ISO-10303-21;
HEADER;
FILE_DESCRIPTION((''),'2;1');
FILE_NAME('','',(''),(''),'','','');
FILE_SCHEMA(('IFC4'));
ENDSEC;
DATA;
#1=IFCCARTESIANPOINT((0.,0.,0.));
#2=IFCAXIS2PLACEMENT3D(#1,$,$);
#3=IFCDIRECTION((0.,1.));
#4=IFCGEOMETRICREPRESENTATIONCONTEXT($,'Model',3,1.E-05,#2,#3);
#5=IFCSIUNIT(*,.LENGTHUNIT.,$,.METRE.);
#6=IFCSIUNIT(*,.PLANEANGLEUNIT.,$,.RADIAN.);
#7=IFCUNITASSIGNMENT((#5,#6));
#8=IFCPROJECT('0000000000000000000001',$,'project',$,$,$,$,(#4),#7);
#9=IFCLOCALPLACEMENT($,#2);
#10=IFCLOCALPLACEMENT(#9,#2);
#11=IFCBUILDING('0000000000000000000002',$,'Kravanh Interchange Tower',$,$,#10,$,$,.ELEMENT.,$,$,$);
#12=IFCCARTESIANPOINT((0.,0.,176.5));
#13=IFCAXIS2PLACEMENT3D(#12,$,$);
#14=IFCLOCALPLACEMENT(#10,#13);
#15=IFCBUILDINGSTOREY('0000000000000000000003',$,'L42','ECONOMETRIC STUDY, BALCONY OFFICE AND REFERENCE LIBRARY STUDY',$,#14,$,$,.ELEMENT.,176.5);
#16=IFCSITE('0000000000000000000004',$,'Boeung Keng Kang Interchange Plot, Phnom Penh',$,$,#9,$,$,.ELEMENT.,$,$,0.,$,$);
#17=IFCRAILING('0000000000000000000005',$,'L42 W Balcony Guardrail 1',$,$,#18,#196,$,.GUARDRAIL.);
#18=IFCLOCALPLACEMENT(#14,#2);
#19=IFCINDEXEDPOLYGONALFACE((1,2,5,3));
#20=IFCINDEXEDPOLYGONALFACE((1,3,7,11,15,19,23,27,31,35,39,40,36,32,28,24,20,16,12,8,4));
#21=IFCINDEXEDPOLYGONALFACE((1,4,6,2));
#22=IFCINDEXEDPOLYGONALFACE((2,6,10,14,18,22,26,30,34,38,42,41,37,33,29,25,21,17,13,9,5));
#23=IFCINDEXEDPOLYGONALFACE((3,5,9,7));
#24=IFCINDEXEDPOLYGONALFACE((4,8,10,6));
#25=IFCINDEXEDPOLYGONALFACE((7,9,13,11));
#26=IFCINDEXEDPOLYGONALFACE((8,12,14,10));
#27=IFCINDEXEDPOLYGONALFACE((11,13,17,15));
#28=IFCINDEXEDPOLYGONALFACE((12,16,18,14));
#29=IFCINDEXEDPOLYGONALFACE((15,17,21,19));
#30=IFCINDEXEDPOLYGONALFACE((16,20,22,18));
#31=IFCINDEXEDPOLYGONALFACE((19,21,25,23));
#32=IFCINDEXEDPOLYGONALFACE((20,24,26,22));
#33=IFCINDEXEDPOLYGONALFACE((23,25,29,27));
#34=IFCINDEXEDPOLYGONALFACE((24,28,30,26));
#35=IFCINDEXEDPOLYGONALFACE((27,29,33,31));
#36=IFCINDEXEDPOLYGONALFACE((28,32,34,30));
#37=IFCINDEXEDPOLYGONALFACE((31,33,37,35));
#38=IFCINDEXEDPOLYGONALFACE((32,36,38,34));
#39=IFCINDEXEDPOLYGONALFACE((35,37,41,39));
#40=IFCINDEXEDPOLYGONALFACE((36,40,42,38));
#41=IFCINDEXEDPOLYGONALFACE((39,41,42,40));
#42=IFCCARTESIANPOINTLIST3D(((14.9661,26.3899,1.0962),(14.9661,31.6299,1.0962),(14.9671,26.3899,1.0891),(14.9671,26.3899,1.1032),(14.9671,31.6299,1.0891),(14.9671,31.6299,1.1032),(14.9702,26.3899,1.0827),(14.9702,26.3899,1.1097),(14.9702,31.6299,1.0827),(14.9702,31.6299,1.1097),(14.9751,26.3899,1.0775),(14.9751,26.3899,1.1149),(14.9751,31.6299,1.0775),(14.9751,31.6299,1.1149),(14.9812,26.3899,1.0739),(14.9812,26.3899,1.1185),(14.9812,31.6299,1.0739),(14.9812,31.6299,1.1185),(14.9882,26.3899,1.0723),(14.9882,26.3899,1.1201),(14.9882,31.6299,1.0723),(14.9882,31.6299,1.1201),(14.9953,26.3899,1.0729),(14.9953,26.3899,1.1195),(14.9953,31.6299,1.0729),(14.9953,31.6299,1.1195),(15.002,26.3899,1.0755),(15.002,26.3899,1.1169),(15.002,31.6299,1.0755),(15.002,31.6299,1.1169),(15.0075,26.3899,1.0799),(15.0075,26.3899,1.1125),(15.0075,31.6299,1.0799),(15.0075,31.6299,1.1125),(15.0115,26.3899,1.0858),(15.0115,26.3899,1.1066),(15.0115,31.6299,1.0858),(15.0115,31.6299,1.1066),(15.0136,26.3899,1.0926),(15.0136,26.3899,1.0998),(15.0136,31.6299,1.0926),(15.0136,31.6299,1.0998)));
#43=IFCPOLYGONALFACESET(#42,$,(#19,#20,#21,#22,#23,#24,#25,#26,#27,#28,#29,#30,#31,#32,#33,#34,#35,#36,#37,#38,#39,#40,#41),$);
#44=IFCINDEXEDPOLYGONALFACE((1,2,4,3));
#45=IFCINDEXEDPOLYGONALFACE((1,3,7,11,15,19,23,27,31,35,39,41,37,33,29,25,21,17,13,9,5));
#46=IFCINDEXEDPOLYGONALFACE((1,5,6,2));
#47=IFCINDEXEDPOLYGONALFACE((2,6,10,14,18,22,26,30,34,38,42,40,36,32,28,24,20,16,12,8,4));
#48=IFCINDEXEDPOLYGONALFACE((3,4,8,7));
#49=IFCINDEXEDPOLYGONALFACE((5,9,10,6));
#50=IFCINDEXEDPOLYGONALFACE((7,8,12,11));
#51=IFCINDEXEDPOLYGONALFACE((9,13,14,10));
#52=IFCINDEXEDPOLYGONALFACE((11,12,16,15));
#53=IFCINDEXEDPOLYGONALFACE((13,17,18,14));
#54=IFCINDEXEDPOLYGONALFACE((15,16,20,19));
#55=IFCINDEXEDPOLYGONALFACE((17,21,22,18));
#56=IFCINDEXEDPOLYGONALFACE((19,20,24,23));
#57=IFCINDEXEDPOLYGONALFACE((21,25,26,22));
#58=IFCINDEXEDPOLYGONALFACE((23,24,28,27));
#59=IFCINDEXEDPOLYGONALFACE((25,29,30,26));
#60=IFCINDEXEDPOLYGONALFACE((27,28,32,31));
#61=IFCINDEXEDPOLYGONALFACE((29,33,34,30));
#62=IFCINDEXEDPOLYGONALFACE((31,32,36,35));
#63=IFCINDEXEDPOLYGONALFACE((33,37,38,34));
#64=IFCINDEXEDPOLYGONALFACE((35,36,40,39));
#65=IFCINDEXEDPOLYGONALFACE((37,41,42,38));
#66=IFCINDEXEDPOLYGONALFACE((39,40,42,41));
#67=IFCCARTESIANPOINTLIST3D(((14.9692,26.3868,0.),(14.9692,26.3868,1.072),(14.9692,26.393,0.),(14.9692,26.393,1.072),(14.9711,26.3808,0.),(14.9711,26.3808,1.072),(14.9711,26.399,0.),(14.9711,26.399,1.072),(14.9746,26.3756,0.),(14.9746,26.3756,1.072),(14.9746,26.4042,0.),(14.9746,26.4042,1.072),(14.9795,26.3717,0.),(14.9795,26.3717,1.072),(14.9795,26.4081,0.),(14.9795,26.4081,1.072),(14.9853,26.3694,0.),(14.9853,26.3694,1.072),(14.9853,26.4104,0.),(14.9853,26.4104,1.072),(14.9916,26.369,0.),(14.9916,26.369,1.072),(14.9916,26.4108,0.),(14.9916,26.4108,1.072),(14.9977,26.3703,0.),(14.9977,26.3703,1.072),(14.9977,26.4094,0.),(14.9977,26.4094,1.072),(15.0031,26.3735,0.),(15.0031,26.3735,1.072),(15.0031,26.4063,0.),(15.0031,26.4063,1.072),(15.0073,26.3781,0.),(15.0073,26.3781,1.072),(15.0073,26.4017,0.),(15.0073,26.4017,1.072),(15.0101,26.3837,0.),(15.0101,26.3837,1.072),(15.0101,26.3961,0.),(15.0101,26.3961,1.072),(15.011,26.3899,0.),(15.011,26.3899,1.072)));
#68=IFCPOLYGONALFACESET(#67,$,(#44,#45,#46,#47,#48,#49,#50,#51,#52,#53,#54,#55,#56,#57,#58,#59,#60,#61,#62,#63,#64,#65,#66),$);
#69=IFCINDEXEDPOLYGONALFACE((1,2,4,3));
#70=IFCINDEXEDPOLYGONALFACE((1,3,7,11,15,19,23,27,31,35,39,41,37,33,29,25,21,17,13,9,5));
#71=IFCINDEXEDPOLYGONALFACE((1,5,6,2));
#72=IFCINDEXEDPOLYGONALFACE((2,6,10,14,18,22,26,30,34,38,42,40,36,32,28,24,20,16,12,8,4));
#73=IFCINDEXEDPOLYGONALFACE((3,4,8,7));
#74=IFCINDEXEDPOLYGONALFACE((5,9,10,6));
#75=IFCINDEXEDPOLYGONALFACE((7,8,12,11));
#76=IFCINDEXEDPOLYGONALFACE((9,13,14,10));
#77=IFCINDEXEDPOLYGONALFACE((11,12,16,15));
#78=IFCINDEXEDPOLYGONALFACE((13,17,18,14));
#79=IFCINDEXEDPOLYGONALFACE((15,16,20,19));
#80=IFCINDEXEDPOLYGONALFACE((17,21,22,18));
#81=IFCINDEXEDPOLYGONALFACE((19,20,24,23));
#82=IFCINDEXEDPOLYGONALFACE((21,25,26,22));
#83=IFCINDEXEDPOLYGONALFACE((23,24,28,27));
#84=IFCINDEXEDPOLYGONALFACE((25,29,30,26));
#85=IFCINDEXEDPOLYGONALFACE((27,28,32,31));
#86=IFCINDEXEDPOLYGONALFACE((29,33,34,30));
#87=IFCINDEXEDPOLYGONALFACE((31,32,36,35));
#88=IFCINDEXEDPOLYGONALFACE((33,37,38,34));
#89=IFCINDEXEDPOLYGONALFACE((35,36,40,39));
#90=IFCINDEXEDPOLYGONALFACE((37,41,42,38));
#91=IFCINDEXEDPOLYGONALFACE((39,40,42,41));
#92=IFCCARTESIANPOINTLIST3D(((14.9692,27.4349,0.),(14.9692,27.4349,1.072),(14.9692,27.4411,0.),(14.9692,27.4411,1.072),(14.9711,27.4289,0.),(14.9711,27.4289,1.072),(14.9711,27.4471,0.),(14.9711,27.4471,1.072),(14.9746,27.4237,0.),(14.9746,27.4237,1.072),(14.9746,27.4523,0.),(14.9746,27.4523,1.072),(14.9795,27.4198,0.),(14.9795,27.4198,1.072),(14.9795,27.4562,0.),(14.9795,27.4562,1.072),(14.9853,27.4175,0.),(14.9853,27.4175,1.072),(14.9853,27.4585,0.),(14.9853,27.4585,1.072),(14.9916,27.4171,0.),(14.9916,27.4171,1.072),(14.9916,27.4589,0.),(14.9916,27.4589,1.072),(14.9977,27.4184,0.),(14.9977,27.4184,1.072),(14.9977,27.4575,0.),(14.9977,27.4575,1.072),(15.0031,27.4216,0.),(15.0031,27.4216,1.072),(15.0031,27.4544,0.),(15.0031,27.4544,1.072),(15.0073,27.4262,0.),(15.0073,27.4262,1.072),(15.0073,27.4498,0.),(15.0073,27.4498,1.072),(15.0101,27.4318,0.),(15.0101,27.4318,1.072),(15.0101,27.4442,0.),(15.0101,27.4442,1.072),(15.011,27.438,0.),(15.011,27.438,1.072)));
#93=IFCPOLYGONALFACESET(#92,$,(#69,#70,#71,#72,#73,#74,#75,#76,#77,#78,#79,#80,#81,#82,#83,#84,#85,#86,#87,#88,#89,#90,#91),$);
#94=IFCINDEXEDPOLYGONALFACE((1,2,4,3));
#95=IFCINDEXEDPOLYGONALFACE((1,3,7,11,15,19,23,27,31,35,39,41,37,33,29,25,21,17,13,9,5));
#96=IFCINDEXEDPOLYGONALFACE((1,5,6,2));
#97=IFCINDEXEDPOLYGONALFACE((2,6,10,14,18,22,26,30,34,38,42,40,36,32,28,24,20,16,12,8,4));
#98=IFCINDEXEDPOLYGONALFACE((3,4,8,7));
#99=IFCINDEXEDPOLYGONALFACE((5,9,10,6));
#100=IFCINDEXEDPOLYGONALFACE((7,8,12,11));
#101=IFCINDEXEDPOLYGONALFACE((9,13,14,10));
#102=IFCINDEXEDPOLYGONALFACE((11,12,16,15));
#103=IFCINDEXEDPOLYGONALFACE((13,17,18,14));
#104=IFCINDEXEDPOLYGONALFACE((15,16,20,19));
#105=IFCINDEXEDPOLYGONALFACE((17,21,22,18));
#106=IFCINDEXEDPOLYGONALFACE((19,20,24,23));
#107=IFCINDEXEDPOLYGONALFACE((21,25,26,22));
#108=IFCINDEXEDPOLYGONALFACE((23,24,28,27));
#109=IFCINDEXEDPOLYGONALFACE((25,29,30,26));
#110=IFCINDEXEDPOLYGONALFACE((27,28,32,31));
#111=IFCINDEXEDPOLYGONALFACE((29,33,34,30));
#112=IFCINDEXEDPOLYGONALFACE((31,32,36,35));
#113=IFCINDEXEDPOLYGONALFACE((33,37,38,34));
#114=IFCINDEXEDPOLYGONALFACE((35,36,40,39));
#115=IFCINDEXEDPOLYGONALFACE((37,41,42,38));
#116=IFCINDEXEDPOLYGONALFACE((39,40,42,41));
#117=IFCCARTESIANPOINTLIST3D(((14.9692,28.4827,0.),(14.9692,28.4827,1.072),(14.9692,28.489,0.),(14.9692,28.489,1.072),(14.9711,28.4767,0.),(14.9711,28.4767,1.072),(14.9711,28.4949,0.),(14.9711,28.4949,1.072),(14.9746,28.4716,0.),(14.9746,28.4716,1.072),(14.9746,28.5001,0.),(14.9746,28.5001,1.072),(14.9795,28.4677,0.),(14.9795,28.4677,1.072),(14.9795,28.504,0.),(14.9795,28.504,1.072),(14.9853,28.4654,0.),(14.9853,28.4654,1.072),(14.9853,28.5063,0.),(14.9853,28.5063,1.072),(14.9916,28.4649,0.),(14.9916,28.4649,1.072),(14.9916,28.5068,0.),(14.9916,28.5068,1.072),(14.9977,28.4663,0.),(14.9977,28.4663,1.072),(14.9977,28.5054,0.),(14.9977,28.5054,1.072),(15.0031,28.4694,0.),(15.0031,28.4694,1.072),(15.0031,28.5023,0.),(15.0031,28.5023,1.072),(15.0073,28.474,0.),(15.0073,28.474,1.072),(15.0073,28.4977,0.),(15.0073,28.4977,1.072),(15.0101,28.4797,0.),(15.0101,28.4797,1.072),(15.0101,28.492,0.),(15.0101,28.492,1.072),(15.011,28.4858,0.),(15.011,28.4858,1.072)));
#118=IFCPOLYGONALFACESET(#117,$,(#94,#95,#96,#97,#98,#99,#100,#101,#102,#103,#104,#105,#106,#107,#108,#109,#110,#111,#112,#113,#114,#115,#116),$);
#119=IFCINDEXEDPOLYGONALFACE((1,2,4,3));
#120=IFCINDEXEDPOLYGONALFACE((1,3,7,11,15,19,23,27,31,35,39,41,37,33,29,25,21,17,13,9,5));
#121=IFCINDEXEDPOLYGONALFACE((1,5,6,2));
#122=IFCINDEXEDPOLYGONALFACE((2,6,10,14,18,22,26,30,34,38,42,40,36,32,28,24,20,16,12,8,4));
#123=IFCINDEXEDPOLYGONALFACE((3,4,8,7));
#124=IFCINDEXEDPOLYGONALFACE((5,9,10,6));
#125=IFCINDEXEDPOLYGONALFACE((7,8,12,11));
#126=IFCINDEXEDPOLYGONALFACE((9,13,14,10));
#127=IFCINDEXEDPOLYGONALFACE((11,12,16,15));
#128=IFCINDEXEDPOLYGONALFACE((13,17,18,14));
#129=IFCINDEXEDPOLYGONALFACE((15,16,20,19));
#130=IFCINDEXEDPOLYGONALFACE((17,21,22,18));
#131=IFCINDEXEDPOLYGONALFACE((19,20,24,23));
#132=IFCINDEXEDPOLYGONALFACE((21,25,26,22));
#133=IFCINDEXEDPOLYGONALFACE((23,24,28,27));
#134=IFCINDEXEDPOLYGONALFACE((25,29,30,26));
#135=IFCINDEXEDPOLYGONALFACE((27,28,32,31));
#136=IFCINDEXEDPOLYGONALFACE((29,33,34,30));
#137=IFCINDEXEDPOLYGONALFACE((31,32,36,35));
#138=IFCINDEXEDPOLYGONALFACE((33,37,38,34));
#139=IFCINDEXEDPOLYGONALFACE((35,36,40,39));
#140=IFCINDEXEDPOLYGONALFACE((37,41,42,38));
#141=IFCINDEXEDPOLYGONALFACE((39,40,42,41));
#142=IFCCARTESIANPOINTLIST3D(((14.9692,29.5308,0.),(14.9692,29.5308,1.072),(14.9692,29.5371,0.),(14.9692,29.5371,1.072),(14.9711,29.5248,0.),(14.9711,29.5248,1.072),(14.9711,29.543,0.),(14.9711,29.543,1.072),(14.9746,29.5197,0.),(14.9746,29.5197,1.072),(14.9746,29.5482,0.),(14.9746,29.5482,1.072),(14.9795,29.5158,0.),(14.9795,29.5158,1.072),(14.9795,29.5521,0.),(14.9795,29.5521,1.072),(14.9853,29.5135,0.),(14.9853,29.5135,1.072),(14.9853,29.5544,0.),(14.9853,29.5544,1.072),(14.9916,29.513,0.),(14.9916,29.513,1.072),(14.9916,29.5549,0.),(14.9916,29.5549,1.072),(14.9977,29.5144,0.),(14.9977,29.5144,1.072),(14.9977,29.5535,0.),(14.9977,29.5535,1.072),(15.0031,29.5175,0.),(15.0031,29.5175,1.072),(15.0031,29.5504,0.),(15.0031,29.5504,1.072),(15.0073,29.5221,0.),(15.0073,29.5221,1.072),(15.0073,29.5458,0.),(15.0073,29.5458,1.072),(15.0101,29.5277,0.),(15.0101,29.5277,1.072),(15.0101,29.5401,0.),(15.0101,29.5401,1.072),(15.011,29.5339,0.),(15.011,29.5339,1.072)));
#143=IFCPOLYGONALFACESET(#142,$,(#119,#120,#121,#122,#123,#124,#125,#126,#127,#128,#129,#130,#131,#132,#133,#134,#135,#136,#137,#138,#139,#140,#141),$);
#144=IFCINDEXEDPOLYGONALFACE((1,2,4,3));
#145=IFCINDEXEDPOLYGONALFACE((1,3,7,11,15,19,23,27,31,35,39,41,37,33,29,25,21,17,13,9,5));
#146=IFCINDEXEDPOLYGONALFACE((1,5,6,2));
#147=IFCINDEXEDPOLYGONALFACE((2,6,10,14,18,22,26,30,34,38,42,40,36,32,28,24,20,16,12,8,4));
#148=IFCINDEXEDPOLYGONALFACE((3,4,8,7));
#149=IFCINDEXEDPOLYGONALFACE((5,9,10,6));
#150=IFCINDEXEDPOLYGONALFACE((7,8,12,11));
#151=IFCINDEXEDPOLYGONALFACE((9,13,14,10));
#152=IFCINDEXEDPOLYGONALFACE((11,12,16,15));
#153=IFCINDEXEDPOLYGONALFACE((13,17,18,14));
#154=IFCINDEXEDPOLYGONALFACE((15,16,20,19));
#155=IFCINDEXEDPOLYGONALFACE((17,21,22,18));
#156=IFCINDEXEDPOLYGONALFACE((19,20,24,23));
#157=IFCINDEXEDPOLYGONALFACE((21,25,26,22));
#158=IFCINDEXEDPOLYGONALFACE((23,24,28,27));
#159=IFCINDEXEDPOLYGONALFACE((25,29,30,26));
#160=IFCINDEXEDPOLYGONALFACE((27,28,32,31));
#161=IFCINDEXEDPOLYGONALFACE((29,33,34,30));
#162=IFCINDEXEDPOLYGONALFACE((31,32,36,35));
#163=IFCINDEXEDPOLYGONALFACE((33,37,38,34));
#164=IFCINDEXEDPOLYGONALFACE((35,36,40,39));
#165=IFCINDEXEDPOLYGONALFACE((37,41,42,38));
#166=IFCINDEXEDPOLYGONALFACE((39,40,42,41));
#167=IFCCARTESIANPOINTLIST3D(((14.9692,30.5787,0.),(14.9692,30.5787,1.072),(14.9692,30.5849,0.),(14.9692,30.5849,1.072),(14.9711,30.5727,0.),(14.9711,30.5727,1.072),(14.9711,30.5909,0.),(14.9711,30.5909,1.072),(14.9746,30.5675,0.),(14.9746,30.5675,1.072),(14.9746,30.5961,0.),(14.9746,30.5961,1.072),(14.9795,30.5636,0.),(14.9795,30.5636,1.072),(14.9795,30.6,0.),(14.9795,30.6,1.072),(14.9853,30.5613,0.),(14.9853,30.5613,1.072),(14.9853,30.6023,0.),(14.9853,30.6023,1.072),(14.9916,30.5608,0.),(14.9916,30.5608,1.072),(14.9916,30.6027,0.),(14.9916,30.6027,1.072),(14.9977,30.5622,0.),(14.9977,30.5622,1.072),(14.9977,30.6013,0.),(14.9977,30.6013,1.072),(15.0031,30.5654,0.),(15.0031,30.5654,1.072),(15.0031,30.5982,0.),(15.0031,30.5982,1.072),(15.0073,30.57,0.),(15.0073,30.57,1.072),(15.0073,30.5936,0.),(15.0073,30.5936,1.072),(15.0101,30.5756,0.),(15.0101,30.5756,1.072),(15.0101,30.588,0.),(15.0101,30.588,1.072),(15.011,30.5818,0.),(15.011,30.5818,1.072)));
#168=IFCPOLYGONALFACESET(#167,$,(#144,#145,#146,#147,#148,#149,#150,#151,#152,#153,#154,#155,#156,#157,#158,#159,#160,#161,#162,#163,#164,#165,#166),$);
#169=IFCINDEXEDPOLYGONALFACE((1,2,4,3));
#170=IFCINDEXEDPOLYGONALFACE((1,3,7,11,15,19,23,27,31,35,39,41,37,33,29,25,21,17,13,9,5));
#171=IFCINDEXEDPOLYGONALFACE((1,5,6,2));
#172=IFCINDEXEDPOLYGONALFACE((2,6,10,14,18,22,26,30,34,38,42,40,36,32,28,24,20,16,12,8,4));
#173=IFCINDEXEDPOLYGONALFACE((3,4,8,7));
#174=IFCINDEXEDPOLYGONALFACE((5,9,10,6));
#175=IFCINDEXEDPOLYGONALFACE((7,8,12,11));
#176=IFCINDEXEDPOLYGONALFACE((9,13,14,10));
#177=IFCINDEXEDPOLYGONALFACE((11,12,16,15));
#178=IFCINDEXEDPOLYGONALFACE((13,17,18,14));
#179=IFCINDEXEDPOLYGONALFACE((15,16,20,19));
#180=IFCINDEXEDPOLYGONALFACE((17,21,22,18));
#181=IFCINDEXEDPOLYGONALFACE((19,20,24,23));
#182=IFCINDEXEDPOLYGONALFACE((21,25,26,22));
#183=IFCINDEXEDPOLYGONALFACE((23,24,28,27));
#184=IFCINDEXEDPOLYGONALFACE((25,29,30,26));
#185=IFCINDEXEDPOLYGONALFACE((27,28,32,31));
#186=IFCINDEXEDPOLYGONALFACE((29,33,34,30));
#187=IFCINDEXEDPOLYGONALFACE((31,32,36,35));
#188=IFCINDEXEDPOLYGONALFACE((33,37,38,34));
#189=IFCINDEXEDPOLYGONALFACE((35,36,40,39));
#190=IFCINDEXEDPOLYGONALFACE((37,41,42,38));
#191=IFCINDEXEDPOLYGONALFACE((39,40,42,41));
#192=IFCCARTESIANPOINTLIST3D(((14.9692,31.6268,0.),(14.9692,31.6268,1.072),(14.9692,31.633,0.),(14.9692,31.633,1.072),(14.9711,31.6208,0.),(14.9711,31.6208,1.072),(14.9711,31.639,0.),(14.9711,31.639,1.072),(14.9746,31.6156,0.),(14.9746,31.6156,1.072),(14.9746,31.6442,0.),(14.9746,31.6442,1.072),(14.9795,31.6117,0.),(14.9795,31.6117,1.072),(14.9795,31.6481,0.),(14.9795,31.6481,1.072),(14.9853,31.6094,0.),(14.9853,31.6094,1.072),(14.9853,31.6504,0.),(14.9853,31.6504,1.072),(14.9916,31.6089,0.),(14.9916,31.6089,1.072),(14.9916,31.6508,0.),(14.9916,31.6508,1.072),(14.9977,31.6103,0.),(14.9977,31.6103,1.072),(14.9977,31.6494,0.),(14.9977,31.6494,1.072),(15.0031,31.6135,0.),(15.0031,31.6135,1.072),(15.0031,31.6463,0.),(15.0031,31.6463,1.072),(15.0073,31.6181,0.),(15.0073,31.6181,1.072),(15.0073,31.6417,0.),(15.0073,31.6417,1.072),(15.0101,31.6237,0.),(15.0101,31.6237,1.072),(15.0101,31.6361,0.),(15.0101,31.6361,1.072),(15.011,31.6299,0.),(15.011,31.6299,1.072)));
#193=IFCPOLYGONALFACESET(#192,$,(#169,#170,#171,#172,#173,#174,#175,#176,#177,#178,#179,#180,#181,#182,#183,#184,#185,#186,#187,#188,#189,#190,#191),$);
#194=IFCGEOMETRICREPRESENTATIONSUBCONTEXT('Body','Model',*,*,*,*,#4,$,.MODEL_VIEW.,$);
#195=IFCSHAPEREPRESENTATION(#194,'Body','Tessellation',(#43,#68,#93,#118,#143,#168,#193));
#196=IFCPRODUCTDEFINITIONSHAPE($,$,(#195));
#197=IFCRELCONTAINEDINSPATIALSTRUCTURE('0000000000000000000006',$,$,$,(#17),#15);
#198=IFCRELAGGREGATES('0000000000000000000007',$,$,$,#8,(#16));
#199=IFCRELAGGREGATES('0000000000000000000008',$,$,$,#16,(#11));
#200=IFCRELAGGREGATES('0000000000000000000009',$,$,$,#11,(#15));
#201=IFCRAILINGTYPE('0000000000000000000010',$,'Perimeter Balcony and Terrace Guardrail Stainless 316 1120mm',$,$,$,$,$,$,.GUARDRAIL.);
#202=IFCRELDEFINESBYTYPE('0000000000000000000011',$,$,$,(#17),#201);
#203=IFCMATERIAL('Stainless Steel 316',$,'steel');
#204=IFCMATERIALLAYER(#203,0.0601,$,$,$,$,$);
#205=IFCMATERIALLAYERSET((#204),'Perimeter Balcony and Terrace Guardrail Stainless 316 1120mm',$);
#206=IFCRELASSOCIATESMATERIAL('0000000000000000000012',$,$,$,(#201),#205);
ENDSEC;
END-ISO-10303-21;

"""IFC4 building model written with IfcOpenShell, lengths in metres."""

from ifc_helpers import new_model, si_unit, direction, frame, origin, origin_2d, place, context, subcontext, project, spatial, circle, extrude, material, layer, layer_set, type_object, element, save


model = new_model("IFC4")

# Units and contexts
model_context = context("Model", 3, precision=1e-05, world=origin(), true_north=direction((0.0, 1.0)))
body_context = subcontext(model_context, "Body", "Model", "MODEL_VIEW")
ifc_project = project(units=[si_unit("LENGTHUNIT", "METRE"), si_unit("PLANEANGLEUNIT", "RADIAN")], contexts=[model_context])

# Site, building, storey
site_placement = place(None, origin())
site = spatial("IfcSite", under=ifc_project, at=site_placement, Name="Boeung Keng Kang Interchange Plot, Phnom Penh", CompositionType="ELEMENT", RefElevation=0.0)
building_placement = place(site_placement, origin())
building = spatial("IfcBuilding", under=site, at=building_placement, Name="Kravanh Interchange Tower", CompositionType="ELEMENT")
storey_placement = place(building_placement, frame((0.0, 0.0, 176.5)))
storey = spatial("IfcBuildingStorey", under=building, at=storey_placement, Name="L42", Description="ECONOMETRIC STUDY, BALCONY OFFICE AND REFERENCE LIBRARY STUDY", CompositionType="ELEMENT", Elevation=176.5)

# Railing
ifc_material_1 = material(Name="Stainless Steel 316", Category="steel")
ifc_layer_1 = layer(ifc_material_1, 0.0601)
ifc_layer_set_1 = layer_set([ifc_layer_1], Name="Perimeter Balcony and Terrace Guardrail Stainless 316 1120mm")
railing_type = type_object("IfcRailingType", Name="Perimeter Balcony and Terrace Guardrail Stainless 316 1120mm", PredefinedType="GUARDRAIL", material=ifc_layer_set_1)
railing_1_placement = place(storey_placement, frame((14.99, 26.3899, 0.0)))
element("IfcRailing", 1, at=railing_1_placement, inside=storey, type_object=railing_type, Name="L42 W Balcony Guardrail 1", PredefinedType="GUARDRAIL", context=body_context, shape_type="SweptSolid", body=[
    extrude(circle(Radius=0.0239, at=origin_2d()), frame((0.0, 0.0, 1.0962), z_axis=(0.0, 1.0, 0.0), x_axis=(-1.0, 0.0, 0.0)), (0.0, 0.0, 1.0), 5.24),
    extrude(circle(Radius=0.021, at=origin_2d()), origin(), (0.0, 0.0, 1.0), 1.072),
    extrude(circle(Radius=0.021, at=origin_2d()), frame((0.0, 1.0481, 0.0)), (0.0, 0.0, 1.0), 1.072),
    extrude(circle(Radius=0.021, at=origin_2d()), frame((0.0, 2.0959, 0.0)), (0.0, 0.0, 1.0), 1.072),
    extrude(circle(Radius=0.021, at=origin_2d()), frame((0.0, 3.144, 0.0)), (0.0, 0.0, 1.0), 1.072),
    extrude(circle(Radius=0.021, at=origin_2d()), frame((0.0, 4.1919, 0.0)), (0.0, 0.0, 1.0), 1.072),
    extrude(circle(Radius=0.021, at=origin_2d()), frame((0.0, 5.24, 0.0)), (0.0, 0.0, 1.0), 1.072),
])

save(model, "model.ifc")
